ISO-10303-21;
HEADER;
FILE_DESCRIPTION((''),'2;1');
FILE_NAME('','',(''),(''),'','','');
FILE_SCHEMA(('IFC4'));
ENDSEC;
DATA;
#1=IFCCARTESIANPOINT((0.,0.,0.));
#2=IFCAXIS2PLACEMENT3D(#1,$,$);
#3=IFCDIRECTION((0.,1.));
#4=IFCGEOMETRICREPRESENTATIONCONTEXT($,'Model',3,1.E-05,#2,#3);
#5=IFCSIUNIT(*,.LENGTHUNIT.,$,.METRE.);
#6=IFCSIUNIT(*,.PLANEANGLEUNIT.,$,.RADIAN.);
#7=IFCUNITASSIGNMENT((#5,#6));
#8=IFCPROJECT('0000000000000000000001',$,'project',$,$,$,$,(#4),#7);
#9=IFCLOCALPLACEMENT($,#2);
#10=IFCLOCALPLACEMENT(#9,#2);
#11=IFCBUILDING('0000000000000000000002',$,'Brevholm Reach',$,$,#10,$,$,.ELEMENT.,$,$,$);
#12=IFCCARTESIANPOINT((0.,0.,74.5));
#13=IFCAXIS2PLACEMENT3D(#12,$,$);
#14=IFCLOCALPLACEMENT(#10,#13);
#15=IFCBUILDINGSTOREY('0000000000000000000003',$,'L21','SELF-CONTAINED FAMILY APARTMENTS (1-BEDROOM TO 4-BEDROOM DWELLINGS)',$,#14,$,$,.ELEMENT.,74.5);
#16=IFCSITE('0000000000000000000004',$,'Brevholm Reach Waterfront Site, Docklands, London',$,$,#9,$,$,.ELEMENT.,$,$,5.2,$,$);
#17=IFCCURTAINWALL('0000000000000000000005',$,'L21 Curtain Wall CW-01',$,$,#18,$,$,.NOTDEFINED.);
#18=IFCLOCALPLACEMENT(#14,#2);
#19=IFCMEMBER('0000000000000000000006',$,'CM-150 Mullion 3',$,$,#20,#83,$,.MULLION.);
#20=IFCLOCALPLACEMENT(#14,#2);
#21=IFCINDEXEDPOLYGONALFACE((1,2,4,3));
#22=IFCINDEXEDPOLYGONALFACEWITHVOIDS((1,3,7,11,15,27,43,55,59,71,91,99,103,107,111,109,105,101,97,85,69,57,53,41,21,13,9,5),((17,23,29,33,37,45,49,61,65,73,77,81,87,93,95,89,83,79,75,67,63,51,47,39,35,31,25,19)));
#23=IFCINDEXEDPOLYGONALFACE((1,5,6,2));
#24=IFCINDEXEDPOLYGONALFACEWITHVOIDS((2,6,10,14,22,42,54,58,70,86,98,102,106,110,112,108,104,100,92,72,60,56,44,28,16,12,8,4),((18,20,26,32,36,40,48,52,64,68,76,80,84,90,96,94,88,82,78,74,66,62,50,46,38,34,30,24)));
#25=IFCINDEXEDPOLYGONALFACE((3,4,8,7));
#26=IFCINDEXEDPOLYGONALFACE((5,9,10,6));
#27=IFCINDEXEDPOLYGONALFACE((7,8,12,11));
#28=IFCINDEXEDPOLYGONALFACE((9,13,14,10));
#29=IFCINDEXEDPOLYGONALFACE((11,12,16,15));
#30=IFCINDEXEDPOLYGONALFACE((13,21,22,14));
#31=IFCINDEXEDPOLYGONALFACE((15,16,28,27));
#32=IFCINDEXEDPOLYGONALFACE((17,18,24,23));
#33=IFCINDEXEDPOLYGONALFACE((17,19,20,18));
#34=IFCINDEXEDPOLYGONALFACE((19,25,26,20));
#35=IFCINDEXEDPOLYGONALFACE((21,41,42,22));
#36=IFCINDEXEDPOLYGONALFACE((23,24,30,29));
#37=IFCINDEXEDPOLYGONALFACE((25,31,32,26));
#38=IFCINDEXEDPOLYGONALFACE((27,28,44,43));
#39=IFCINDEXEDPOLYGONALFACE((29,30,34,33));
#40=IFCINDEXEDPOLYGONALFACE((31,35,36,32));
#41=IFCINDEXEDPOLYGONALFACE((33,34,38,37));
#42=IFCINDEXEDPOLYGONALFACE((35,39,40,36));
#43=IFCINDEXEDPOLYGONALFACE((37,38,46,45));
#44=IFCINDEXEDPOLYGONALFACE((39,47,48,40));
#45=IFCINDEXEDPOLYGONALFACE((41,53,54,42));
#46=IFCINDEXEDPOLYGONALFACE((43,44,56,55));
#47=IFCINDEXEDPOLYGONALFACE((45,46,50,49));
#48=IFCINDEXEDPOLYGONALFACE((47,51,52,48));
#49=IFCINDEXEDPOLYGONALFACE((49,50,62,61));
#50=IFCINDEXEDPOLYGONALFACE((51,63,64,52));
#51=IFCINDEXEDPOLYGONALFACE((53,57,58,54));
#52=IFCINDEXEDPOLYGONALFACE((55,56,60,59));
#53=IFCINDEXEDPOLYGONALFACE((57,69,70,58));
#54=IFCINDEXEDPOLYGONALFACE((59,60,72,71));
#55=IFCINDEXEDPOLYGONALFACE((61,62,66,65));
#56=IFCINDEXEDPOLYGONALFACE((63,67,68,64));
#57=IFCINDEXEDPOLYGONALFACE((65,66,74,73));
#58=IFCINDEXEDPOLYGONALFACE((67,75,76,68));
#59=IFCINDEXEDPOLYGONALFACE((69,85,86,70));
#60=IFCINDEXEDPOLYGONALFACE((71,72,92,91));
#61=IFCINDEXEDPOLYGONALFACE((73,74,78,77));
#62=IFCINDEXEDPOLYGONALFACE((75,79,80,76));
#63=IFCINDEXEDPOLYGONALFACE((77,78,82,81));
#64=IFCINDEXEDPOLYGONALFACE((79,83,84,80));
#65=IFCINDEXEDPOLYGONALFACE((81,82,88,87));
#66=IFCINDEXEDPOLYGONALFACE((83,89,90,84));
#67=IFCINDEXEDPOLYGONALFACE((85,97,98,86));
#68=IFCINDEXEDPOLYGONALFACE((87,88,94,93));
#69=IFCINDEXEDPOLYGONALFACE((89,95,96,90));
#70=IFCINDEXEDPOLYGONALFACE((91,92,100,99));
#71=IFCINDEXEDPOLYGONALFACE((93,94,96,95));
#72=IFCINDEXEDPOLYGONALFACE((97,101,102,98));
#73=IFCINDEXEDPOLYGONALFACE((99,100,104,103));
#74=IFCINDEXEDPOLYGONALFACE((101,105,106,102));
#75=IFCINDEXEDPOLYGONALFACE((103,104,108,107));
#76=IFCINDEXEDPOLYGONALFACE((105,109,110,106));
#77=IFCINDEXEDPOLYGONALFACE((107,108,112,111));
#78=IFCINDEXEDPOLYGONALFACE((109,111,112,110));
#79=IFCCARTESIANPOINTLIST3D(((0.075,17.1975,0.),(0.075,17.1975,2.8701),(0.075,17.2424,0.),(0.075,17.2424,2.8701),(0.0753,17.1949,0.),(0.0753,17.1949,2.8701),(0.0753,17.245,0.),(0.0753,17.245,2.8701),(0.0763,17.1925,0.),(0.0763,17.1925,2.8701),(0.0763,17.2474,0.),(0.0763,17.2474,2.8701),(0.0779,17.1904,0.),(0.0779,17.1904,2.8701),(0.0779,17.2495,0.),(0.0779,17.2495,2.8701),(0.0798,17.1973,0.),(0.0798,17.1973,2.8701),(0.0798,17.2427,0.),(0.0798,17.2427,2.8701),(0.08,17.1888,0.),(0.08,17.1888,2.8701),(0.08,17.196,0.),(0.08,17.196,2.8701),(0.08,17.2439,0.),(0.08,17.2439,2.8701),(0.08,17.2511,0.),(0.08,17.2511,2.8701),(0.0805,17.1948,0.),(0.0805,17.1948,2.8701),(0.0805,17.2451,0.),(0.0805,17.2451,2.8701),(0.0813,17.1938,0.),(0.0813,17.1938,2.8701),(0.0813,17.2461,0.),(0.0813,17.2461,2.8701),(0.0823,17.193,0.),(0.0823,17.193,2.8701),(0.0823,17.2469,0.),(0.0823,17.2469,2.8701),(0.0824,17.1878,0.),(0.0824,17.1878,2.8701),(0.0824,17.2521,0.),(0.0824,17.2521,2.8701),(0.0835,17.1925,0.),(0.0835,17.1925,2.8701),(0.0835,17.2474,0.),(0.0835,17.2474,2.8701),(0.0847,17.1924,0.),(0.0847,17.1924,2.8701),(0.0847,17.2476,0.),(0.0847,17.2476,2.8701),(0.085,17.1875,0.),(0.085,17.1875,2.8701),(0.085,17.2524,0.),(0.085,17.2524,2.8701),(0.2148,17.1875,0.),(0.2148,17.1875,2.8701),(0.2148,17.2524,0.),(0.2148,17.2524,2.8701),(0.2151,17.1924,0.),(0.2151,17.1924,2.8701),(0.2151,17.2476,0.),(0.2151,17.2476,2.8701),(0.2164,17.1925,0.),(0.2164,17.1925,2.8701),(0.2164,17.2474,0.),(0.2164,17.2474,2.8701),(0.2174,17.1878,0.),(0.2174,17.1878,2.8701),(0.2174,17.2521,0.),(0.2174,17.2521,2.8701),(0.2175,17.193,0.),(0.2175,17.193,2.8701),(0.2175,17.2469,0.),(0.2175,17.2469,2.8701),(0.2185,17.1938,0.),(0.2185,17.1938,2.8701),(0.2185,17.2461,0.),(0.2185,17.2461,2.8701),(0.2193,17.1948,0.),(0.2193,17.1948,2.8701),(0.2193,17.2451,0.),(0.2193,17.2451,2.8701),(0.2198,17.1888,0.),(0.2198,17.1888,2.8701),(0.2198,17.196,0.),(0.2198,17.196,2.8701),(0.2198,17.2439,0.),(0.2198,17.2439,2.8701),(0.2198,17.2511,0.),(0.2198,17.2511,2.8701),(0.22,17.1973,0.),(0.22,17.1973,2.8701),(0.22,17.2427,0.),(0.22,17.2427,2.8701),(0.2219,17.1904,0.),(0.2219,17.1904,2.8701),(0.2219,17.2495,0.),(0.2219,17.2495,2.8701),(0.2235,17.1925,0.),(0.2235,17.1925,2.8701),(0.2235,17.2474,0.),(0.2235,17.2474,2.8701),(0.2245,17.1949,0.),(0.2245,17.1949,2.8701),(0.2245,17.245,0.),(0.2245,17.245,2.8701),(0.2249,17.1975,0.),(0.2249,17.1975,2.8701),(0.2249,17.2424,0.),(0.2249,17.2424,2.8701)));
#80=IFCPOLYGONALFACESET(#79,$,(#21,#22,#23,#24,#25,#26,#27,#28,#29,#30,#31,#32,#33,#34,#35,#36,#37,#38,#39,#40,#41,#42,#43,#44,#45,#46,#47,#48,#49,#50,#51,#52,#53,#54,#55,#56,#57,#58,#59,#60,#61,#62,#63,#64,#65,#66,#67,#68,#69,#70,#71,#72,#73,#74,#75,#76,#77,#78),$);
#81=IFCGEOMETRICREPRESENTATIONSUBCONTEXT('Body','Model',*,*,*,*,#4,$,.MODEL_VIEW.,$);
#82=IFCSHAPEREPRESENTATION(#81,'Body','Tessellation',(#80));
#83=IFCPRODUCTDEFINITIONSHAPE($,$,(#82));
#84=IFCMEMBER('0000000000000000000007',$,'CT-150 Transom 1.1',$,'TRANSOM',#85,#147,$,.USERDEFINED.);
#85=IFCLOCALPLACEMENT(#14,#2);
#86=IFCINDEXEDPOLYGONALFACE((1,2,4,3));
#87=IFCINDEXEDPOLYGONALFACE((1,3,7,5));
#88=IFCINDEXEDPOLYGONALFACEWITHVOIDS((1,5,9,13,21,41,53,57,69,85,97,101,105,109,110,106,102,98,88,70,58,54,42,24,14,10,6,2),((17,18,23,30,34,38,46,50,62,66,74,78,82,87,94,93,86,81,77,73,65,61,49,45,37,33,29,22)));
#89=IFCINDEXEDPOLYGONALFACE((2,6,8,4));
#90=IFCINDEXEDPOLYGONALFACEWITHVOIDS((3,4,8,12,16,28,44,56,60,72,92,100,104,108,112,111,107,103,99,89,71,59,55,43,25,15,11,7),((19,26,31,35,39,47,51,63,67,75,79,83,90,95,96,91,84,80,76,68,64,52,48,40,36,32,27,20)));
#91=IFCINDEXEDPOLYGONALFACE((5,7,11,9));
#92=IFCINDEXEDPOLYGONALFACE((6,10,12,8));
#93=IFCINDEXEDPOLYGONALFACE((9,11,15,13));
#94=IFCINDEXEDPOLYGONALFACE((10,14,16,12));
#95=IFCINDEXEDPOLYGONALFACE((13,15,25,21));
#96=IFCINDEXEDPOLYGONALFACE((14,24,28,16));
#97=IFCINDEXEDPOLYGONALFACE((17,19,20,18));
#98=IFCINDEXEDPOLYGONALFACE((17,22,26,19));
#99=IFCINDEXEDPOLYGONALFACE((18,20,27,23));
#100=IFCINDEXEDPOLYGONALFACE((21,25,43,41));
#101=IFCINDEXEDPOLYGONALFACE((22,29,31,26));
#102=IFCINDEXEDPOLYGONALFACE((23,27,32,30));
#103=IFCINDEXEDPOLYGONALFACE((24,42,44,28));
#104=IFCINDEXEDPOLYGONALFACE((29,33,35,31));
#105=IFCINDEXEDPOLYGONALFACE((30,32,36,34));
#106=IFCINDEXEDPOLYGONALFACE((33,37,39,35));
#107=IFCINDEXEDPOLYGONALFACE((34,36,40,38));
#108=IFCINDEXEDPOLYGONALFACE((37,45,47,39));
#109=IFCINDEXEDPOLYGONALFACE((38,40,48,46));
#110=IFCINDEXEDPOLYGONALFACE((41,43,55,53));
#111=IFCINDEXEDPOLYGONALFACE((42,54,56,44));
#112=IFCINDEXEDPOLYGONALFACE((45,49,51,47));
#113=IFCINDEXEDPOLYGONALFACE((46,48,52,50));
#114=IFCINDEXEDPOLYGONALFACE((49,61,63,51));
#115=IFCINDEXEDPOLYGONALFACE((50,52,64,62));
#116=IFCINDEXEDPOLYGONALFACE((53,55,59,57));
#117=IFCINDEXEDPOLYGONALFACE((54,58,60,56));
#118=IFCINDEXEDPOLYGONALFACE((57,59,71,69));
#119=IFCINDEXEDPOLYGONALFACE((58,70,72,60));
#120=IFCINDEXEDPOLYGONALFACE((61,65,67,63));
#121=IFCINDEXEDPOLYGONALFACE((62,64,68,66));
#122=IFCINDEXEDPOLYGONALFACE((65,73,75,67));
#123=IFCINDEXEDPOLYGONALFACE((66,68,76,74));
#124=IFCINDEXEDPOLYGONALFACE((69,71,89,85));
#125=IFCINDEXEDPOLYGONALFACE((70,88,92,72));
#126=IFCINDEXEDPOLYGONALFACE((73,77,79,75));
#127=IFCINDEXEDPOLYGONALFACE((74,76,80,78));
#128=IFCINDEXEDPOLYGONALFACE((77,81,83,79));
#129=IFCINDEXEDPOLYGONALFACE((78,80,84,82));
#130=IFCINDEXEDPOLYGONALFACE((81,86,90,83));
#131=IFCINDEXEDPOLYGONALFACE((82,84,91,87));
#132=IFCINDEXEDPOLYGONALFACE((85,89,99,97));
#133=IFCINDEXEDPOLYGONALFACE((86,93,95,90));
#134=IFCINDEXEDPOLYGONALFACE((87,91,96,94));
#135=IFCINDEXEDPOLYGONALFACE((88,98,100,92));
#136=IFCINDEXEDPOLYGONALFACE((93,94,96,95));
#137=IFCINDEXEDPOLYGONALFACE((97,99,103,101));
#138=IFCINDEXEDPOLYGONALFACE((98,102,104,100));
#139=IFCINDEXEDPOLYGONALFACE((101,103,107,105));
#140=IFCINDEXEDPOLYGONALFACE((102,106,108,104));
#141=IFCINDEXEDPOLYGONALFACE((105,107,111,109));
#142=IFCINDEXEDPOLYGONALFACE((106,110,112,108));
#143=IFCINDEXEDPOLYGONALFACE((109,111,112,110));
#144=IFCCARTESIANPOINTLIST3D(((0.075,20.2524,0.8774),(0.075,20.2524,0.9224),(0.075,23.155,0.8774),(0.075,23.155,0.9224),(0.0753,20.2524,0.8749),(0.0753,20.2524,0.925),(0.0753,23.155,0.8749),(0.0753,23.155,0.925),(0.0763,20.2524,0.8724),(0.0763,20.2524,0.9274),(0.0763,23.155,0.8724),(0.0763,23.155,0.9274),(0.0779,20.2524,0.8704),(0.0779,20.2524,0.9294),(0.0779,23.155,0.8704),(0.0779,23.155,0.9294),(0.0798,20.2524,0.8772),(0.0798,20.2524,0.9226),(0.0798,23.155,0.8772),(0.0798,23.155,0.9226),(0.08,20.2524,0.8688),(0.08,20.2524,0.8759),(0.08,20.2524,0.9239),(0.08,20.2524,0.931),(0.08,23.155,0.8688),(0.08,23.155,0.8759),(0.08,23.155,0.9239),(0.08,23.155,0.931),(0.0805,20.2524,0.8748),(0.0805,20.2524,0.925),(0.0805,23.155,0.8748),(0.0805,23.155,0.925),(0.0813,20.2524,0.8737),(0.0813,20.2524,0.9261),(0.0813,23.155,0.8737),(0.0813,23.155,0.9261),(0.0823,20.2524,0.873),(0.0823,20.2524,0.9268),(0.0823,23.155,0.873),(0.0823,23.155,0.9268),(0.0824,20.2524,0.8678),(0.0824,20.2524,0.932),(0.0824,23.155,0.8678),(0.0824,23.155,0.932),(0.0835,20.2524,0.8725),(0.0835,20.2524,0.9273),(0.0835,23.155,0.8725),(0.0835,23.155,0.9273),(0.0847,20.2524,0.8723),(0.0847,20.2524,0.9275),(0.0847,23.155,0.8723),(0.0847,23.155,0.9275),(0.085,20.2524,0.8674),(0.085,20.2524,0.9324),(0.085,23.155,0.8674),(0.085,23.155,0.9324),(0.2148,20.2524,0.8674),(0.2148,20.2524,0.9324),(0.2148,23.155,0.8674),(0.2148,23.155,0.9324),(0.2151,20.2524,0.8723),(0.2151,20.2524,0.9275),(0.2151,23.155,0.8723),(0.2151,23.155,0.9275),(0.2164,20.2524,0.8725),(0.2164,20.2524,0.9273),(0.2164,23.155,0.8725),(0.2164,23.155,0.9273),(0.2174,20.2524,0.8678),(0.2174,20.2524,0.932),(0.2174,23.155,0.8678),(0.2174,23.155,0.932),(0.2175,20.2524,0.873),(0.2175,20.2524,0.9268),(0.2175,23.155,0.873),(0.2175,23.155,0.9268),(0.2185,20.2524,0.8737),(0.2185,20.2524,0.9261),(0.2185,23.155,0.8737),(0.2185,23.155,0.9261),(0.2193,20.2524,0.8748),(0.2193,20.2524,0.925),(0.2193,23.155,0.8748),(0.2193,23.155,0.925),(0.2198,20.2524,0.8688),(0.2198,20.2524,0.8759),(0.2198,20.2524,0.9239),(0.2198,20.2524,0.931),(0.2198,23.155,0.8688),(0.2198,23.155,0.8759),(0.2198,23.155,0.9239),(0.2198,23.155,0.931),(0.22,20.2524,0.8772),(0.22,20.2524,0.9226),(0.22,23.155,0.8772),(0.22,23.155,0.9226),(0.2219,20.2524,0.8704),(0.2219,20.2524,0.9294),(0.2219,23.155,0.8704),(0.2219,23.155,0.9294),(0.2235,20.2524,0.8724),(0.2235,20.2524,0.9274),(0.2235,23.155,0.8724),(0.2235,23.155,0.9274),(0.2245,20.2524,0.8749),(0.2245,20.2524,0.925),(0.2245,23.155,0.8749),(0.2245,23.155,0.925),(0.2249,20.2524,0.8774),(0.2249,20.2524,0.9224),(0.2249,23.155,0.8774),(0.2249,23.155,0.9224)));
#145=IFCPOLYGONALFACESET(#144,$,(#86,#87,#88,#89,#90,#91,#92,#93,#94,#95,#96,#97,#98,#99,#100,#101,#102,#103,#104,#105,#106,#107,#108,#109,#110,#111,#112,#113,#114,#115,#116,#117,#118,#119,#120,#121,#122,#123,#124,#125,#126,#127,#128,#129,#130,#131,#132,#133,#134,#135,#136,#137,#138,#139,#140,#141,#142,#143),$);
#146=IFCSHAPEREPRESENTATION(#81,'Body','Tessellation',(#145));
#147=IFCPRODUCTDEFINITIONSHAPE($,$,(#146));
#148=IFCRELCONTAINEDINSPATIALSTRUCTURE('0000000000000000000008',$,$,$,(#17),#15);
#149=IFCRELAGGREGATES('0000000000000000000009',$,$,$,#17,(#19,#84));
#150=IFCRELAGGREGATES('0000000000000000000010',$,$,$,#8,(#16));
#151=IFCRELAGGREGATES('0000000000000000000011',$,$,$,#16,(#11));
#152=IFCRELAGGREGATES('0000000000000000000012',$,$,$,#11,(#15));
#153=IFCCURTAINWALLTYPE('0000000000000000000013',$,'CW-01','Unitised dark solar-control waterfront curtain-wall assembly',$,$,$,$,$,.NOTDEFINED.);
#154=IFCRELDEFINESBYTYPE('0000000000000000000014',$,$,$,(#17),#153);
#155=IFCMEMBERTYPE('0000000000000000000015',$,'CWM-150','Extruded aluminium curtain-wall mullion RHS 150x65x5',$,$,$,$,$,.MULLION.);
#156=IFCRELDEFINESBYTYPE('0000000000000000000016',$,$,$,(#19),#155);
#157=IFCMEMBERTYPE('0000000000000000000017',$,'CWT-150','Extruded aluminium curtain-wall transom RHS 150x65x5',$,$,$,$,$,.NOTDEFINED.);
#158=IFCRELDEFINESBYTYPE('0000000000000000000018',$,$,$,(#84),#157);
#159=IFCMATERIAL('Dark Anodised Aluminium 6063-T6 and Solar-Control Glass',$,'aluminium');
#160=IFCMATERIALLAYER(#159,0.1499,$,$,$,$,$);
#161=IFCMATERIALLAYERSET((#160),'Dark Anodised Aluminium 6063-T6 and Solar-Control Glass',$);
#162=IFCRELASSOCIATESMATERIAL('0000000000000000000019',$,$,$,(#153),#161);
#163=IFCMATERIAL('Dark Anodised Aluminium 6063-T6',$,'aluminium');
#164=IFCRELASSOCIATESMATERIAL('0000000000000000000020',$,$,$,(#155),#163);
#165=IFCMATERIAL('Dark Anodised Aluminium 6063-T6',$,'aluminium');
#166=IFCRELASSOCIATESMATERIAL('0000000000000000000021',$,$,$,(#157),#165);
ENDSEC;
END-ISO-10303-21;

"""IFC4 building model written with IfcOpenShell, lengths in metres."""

from ifc_helpers import new_model, si_unit, direction, frame, origin, origin_2d, place, context, subcontext, project, spatial, hollow_rectangle, extrude, material, layer, layer_set, material_profile, profile_set, type_object, element, aggregate, save


model = new_model("IFC4")

# Units and contexts
model_context = context("Model", 3, precision=1e-05, world=origin(), true_north=direction((0.0, 1.0)))
body_context = subcontext(model_context, "Body", "Model", "MODEL_VIEW")
ifc_project = project(units=[si_unit("LENGTHUNIT", "METRE"), si_unit("PLANEANGLEUNIT", "RADIAN")], contexts=[model_context])

# Site, building, storey
site_placement = place(None, origin())
site = spatial("IfcSite", under=ifc_project, at=site_placement, Name="Brevholm Reach Waterfront Site, Docklands, London", CompositionType="ELEMENT", RefElevation=5.2)
building_placement = place(site_placement, origin())
building = spatial("IfcBuilding", under=site, at=building_placement, Name="Brevholm Reach", CompositionType="ELEMENT")
storey_placement = place(building_placement, frame((0.0, 0.0, 74.5)))
storey = spatial("IfcBuildingStorey", under=building, at=storey_placement, Name="L21", Description="SELF-CONTAINED FAMILY APARTMENTS (1-BEDROOM TO 4-BEDROOM DWELLINGS)", CompositionType="ELEMENT", Elevation=74.5)

# Curtain wall, members
ifc_material_1 = material(Name="Dark Anodised Aluminium 6063-T6 and Solar-Control Glass", Category="aluminium")
ifc_layer_1 = layer(ifc_material_1, 0.1499)
ifc_layer_set_1 = layer_set([ifc_layer_1], Name="Dark Anodised Aluminium 6063-T6 and Solar-Control Glass")
curtain_wall_type = type_object("IfcCurtainWallType", Name="CW-01", Description="Unitised dark solar-control waterfront curtain-wall assembly", PredefinedType="NOTDEFINED", material=ifc_layer_set_1)
curtain_wall_placement = place(storey_placement, origin())
curtain_wall = element("IfcCurtainWall", 1, at=curtain_wall_placement, inside=storey, type_object=curtain_wall_type, Name="L21 Curtain Wall CW-01", PredefinedType="NOTDEFINED")
ifc_material_2 = material(Name="Dark Anodised Aluminium 6063-T6", Category="aluminium")
ifc_material_profile_1 = material_profile(ifc_material_2, hollow_rectangle(XDim=0.0649, YDim=0.1499, WallThickness=0.0049, InnerFilletRadius=0.0049, OuterFilletRadius=0.01, at=origin_2d()), Name="RHS 150x65x5")
ifc_profile_set_1 = profile_set([ifc_material_profile_1], Name="Dark Anodised Aluminium 6063-T6")
member_type_1 = type_object("IfcMemberType", Name="CWM-150", Description="Extruded aluminium curtain-wall mullion RHS 150x65x5", PredefinedType="MULLION", material=ifc_profile_set_1)
member_1_placement = place(storey_placement, frame((0.1499, 17.22, 0.0), z_axis=(0.0, 0.0, 1.0), x_axis=(0.0, -1.0, 0.0)))
member_1 = element("IfcMember", 2, at=member_1_placement, type_object=member_type_1, Name="CM-150 Mullion 3", PredefinedType="MULLION", context=body_context, shape_type="SweptSolid", body=[
    extrude(hollow_rectangle(XDim=0.0649, YDim=0.1499, WallThickness=0.0049, InnerFilletRadius=0.0049, OuterFilletRadius=0.01, at=origin_2d()), origin(), (0.0, 0.0, 1.0), 2.8701),
])
ifc_material_3 = material(Name="Dark Anodised Aluminium 6063-T6", Category="aluminium")
ifc_material_profile_2 = material_profile(ifc_material_3, hollow_rectangle(XDim=0.0649, YDim=0.1499, WallThickness=0.0049, InnerFilletRadius=0.0049, OuterFilletRadius=0.01, at=origin_2d()), Name="RHS 150x65x5")
ifc_profile_set_2 = profile_set([ifc_material_profile_2], Name="Dark Anodised Aluminium 6063-T6")
member_type_2 = type_object("IfcMemberType", Name="CWT-150", Description="Extruded aluminium curtain-wall transom RHS 150x65x5", PredefinedType="NOTDEFINED", material=ifc_profile_set_2)
member_2_placement = place(storey_placement, frame((0.1499, 23.155, 0.8999), z_axis=(0.0, -1.0, 0.0), x_axis=(0.0, 0.0, 1.0)))
member_2 = element("IfcMember", 3, at=member_2_placement, type_object=member_type_2, Name="CT-150 Transom 1.1", ObjectType="TRANSOM", PredefinedType="USERDEFINED", context=body_context, shape_type="SweptSolid", body=[
    extrude(hollow_rectangle(XDim=0.0649, YDim=0.1499, WallThickness=0.0049, InnerFilletRadius=0.0049, OuterFilletRadius=0.01, at=origin_2d()), origin(), (0.0, 0.0, 1.0), 2.9026),
])
aggregate(curtain_wall, [member_1, member_2])

save(model, "model.ifc")
